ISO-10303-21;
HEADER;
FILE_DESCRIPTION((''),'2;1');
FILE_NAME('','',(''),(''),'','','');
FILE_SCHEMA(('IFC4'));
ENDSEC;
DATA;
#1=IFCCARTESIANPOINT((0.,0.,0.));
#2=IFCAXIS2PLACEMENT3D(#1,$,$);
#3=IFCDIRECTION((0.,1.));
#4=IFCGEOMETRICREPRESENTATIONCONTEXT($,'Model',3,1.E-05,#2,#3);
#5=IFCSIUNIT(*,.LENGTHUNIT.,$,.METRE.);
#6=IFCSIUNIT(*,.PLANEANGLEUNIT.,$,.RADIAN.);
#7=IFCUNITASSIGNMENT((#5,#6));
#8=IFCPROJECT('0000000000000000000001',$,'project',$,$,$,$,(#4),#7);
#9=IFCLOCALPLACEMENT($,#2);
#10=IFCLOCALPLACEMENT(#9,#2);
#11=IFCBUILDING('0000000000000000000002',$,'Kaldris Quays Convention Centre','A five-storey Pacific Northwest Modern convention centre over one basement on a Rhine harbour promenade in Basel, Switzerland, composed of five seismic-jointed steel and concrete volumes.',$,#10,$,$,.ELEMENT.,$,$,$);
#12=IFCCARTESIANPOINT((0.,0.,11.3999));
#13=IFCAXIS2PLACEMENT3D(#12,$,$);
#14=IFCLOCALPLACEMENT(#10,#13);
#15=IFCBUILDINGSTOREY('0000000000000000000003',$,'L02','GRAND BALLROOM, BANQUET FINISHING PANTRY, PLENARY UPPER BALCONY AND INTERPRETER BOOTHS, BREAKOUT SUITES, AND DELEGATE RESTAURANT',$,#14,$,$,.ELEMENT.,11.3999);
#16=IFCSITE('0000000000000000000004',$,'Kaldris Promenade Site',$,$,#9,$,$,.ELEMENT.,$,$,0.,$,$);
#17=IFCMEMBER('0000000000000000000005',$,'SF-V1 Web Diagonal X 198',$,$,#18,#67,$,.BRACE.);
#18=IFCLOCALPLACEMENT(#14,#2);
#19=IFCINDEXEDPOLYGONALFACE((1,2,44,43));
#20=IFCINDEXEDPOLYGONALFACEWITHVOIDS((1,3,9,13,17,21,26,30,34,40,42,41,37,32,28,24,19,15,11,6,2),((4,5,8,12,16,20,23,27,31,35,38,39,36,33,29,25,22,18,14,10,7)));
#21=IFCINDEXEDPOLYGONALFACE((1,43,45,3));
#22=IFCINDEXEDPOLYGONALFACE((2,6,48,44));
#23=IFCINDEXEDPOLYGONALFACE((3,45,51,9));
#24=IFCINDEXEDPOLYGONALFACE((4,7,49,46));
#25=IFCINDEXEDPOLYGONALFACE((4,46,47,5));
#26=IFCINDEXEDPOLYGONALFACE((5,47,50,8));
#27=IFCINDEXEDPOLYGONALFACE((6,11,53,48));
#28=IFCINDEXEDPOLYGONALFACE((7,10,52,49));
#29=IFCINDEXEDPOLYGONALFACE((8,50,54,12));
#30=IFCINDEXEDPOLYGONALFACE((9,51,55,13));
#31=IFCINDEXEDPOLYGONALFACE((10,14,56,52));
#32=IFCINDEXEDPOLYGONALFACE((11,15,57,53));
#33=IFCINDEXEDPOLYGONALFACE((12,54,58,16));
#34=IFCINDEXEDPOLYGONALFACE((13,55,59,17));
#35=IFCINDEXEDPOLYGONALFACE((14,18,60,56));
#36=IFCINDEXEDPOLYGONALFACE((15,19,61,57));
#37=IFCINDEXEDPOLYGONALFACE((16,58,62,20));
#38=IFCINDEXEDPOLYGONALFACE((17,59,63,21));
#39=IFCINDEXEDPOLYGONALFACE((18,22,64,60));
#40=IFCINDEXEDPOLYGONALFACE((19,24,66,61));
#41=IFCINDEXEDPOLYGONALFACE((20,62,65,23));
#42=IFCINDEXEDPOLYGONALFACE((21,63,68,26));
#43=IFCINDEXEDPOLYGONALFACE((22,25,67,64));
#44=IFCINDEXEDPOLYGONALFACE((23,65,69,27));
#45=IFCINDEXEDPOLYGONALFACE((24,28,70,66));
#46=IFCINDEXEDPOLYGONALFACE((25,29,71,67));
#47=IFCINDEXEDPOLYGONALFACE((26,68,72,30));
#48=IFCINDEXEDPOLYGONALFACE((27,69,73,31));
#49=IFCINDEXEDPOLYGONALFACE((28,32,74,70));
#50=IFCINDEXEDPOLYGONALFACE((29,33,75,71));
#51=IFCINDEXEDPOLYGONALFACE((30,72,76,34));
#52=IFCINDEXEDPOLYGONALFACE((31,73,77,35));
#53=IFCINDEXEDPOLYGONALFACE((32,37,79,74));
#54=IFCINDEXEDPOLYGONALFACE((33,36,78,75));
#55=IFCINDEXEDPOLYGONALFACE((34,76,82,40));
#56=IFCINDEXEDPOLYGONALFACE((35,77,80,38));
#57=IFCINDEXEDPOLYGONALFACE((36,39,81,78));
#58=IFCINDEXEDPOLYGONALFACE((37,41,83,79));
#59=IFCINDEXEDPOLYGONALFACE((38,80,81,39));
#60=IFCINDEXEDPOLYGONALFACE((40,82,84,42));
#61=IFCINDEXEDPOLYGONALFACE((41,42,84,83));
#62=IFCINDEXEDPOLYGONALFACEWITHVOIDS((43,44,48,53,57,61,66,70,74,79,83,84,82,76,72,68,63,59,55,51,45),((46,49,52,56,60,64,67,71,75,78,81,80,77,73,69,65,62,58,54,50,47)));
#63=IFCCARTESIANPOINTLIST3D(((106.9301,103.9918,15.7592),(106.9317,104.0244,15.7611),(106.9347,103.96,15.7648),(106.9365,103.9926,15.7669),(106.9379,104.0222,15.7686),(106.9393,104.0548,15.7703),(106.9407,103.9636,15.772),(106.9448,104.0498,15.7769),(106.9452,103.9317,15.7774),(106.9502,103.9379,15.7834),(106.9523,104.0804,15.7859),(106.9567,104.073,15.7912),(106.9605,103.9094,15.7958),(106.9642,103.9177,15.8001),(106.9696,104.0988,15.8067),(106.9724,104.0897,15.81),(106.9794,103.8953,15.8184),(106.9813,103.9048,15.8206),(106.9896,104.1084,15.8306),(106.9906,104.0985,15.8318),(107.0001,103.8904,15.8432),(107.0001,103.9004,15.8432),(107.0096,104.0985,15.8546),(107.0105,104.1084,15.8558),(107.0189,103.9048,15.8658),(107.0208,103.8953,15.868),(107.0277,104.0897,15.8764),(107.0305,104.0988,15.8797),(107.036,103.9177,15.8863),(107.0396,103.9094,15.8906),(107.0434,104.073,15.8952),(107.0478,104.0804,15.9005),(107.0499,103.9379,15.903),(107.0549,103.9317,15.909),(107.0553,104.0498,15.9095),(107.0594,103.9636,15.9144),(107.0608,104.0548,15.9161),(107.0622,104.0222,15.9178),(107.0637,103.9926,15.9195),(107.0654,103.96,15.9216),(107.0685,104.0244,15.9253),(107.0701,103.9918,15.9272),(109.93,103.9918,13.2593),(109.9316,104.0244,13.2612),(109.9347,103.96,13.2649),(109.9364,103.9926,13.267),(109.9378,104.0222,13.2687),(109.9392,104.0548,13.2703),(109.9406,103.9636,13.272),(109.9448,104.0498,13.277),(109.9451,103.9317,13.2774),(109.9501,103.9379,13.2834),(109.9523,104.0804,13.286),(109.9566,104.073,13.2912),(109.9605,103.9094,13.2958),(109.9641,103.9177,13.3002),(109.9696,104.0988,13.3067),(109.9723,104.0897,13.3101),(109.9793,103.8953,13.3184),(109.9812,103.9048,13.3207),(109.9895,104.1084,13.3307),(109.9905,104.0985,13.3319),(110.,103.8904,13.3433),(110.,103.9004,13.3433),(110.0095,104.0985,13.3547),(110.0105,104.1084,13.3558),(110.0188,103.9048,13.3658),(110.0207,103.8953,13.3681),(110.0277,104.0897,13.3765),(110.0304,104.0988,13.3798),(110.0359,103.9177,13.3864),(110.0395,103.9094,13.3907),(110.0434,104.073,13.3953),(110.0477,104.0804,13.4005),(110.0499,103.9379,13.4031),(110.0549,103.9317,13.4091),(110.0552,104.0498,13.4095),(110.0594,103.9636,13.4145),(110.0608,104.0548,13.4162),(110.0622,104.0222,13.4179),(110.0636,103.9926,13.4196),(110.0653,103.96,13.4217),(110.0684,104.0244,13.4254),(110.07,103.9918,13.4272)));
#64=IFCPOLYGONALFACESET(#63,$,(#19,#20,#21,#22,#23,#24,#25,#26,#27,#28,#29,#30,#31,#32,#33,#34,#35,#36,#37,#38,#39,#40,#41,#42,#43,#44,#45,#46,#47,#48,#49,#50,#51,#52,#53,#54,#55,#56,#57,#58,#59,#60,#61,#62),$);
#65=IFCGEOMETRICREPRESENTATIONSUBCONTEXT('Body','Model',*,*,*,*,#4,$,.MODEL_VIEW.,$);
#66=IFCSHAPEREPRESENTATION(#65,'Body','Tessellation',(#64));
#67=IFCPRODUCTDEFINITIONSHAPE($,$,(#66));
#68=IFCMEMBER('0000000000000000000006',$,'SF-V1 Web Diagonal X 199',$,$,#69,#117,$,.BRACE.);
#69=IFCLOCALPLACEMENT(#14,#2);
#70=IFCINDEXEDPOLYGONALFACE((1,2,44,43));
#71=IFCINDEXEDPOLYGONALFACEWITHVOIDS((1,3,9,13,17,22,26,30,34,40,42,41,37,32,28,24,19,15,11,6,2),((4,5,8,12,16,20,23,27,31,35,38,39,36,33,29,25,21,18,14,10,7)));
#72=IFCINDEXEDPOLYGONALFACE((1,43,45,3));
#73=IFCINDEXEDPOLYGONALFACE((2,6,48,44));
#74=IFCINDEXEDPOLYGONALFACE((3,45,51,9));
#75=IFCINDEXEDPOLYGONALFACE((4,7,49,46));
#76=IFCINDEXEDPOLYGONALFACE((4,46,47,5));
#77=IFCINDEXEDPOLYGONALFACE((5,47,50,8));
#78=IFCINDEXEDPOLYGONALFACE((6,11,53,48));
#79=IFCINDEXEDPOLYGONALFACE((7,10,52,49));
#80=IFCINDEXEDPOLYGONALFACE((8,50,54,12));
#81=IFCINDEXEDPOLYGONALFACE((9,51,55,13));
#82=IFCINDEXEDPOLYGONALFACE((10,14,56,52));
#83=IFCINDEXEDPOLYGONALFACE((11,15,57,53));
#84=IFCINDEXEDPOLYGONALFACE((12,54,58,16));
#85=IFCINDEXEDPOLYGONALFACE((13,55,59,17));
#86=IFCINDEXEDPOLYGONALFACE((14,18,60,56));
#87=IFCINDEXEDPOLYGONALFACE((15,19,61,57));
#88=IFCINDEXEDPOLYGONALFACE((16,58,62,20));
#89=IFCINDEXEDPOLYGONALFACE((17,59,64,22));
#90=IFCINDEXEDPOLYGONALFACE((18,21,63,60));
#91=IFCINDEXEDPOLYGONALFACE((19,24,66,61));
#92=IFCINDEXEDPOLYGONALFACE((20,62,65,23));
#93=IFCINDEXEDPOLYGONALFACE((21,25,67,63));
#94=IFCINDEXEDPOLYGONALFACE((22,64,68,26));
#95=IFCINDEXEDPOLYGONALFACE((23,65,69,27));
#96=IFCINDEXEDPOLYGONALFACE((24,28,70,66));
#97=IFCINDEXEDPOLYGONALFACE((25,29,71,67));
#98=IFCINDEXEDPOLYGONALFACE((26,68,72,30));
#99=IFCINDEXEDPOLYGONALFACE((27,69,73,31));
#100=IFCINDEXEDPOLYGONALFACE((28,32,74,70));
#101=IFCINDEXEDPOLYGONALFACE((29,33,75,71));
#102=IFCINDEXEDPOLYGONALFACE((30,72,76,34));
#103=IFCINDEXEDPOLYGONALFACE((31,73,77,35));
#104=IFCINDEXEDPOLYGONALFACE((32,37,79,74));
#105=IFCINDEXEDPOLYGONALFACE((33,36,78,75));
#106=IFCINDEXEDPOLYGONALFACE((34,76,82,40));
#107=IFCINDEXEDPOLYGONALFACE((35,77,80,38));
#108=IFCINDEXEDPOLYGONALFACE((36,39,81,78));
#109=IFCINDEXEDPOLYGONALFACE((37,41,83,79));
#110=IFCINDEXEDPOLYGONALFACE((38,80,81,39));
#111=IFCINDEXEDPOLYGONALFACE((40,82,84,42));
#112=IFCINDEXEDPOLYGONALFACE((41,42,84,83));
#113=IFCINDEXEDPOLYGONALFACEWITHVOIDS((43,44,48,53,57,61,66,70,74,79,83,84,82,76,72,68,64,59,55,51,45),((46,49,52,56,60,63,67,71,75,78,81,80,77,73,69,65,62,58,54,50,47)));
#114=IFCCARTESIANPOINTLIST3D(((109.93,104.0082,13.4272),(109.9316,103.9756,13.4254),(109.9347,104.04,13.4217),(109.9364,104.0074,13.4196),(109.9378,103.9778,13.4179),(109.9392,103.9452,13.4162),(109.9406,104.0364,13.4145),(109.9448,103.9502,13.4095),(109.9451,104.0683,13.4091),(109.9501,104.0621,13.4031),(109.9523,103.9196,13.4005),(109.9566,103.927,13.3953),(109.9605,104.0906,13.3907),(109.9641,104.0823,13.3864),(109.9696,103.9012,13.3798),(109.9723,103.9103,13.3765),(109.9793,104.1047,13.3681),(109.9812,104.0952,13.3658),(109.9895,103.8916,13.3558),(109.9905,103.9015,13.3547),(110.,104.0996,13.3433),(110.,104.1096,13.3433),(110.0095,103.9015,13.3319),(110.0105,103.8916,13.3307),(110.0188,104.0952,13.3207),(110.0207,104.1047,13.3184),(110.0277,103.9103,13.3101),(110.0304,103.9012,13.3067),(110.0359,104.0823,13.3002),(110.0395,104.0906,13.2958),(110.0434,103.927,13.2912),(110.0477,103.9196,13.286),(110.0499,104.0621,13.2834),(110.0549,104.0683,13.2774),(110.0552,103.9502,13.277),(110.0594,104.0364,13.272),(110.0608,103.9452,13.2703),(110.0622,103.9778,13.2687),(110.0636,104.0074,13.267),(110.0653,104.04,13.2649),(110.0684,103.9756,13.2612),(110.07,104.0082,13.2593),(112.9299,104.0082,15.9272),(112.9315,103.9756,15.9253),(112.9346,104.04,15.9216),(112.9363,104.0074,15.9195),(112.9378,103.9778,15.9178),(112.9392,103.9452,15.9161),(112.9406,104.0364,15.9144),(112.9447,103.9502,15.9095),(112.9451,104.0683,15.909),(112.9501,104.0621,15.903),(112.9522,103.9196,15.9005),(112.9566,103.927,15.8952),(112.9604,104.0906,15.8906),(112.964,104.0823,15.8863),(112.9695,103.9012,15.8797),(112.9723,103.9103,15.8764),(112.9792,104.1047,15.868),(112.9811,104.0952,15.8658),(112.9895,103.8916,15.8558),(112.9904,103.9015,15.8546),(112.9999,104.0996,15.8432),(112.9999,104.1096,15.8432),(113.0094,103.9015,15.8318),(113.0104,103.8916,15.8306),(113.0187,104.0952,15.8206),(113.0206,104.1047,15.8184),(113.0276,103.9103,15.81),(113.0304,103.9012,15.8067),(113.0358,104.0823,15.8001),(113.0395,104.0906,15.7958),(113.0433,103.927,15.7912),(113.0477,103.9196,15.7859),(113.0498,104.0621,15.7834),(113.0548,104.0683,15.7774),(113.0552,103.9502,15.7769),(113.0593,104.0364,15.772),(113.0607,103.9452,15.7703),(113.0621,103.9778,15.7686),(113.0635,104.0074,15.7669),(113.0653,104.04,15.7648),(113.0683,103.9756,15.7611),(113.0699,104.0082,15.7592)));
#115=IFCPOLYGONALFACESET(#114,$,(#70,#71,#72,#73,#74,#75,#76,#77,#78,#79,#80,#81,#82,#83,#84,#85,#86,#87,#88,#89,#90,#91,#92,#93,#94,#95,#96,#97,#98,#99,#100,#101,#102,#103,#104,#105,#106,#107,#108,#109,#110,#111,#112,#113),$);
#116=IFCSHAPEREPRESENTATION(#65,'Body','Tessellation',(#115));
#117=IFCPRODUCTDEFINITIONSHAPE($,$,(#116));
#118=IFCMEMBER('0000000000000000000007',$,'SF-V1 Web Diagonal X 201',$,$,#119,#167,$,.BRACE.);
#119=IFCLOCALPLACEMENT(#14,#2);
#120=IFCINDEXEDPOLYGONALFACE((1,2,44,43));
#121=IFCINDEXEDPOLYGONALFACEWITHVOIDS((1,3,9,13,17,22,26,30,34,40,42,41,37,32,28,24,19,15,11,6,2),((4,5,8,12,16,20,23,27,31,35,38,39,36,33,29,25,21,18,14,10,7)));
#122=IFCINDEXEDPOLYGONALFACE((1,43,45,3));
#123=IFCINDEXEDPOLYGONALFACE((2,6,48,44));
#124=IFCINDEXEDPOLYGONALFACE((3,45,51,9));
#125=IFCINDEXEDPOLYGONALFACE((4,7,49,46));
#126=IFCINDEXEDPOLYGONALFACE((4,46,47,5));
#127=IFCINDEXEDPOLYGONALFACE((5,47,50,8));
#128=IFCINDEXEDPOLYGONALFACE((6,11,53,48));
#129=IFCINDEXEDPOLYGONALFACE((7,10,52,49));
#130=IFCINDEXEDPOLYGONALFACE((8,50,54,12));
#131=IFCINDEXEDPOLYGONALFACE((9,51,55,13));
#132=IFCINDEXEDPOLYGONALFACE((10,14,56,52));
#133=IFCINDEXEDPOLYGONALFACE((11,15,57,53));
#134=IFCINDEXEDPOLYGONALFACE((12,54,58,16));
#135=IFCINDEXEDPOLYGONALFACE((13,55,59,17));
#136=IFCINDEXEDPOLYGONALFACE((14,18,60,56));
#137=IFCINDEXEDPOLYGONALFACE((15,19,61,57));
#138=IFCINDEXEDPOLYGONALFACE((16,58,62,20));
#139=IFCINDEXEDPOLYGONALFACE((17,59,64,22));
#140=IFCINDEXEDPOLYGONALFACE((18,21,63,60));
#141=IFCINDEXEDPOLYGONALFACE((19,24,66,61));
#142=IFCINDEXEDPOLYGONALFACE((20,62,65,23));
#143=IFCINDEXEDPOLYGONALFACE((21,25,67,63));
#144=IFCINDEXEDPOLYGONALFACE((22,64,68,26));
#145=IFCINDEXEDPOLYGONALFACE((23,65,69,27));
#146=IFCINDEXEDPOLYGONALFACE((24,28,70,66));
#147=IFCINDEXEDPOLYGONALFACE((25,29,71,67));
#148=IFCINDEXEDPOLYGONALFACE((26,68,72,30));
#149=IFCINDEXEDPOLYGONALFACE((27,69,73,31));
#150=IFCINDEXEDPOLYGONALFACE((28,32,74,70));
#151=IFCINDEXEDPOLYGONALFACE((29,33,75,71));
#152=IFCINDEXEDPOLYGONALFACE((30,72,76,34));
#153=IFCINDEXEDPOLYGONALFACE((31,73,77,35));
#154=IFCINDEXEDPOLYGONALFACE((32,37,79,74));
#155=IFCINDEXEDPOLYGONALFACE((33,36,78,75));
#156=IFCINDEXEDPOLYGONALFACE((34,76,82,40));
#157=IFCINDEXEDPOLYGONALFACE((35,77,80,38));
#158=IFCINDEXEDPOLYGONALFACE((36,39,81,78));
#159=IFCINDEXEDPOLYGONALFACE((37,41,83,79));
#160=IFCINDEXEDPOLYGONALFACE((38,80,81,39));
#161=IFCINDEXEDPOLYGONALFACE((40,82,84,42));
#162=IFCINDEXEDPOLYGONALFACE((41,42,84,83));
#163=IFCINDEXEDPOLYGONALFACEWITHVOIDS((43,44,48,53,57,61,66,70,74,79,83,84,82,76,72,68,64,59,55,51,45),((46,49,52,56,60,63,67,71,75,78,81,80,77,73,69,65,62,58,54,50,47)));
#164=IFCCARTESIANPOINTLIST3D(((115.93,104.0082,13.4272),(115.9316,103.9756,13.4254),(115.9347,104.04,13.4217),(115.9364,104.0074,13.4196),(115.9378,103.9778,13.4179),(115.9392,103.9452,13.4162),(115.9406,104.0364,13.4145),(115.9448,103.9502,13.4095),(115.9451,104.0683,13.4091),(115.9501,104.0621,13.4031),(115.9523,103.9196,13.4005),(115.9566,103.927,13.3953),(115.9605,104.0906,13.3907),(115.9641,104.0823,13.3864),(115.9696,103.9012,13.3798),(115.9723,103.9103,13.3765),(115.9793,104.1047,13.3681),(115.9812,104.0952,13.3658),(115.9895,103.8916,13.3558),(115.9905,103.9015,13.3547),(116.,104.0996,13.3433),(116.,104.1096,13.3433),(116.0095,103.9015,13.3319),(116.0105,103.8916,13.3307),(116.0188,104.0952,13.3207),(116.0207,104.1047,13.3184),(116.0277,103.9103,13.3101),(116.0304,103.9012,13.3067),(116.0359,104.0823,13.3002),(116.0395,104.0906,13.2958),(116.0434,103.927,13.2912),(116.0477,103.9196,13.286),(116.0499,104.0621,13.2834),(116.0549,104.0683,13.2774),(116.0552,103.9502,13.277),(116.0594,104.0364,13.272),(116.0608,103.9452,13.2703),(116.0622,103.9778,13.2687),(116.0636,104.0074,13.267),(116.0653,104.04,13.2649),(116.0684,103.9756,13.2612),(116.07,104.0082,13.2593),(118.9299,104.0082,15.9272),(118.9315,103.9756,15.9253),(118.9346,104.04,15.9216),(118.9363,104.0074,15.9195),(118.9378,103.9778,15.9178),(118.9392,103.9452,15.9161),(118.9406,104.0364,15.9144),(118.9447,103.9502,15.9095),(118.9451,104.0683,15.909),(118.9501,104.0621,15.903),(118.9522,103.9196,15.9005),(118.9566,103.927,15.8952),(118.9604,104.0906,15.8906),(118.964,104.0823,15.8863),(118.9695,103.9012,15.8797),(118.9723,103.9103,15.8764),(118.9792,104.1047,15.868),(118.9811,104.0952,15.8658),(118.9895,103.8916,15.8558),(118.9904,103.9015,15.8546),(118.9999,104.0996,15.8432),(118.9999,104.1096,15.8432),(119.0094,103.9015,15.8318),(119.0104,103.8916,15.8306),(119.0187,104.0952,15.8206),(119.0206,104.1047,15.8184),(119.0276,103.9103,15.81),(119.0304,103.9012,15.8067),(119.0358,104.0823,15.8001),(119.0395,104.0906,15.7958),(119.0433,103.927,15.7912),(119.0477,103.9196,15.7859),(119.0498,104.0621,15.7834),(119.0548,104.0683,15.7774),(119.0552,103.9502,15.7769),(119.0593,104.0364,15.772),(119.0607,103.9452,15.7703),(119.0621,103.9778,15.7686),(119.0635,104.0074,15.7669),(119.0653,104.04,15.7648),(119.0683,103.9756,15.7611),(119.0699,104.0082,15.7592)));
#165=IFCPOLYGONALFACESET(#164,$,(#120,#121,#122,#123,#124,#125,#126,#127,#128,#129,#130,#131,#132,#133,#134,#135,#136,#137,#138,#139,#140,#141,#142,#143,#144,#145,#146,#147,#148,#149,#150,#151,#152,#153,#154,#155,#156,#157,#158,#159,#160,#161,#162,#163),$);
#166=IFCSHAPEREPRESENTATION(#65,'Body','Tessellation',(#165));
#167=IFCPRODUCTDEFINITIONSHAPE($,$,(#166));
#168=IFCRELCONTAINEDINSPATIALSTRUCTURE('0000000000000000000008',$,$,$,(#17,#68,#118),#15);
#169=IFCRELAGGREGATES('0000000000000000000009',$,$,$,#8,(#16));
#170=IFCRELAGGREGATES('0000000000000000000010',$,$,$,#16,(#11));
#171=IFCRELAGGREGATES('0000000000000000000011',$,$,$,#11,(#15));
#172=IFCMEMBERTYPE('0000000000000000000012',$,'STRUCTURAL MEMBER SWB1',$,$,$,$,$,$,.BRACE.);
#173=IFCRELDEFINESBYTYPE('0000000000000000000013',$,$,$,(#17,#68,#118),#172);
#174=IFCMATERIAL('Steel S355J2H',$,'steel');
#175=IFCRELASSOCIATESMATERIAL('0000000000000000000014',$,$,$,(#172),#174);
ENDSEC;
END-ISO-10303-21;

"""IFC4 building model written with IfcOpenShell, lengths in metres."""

from ifc_helpers import new_model, si_unit, direction, frame, origin, origin_2d, place, context, subcontext, project, spatial, hollow_circle, extrude, material, material_profile, profile_set, type_object, element, save


model = new_model("IFC4")

# Units and contexts
model_context = context("Model", 3, precision=1e-05, world=origin(), true_north=direction((0.0, 1.0)))
body_context = subcontext(model_context, "Body", "Model", "MODEL_VIEW")
ifc_project = project(units=[si_unit("LENGTHUNIT", "METRE"), si_unit("PLANEANGLEUNIT", "RADIAN")], contexts=[model_context])

# Site, building, storey
site_placement = place(None, origin())
site = spatial("IfcSite", under=ifc_project, at=site_placement, Name="Kaldris Promenade Site", CompositionType="ELEMENT", RefElevation=0.0)
building_placement = place(site_placement, origin())
building = spatial("IfcBuilding", under=site, at=building_placement, Name="Kaldris Quays Convention Centre", Description="A five-storey Pacific Northwest Modern convention centre over one basement on a Rhine harbour promenade in Basel, Switzerland, composed of five seismic-jointed steel and concrete volumes.", CompositionType="ELEMENT")
storey_placement = place(building_placement, frame((0.0, 0.0, 11.3999)))
storey = spatial("IfcBuildingStorey", under=building, at=storey_placement, Name="L02", Description="GRAND BALLROOM, BANQUET FINISHING PANTRY, PLENARY UPPER BALCONY AND INTERPRETER BOOTHS, BREAKOUT SUITES, AND DELEGATE RESTAURANT", CompositionType="ELEMENT", Elevation=11.3999)

# Members
ifc_material_1 = material(Name="Steel S355J2H", Category="steel")
ifc_material_profile_1 = material_profile(ifc_material_1, hollow_circle(Radius=0.1096, WallThickness=0.01, at=origin_2d()), Name="CHS 219.1x10")
ifc_profile_set_1 = profile_set([ifc_material_profile_1], Name="Steel S355J2H")
member_type_1 = type_object("IfcMemberType", Name="STRUCTURAL MEMBER SWB1", PredefinedType="BRACE", material=ifc_profile_set_1)
for number, where, z_axis, x_axis, name in (
    (1, (110.0, 104.0, 13.3433), (-0.768221, 0.0, 0.640184), (0.0, -1.0, 0.0), "SF-V1 Web Diagonal X 198"),
    (2, (110.0, 104.0, 13.3433), (0.768221, 0.0, 0.640184), (0.0, 1.0, 0.0), "SF-V1 Web Diagonal X 199"),
    (3, (116.0, 104.0, 13.3433), (0.768221, 0.0, 0.640184), (0.0, 1.0, 0.0), "SF-V1 Web Diagonal X 201"),
):
    element("IfcMember", number, at=place(storey_placement, frame(where, z_axis=z_axis, x_axis=x_axis)), inside=storey, type_object=member_type_1, Name=name, PredefinedType="BRACE", context=body_context, shape_type="SweptSolid", body=[
        extrude(hollow_circle(Radius=0.1096, WallThickness=0.01, at=origin_2d()), origin(), (0.0, 0.0, 1.0), 3.905),
    ])

save(model, "model.ifc")
